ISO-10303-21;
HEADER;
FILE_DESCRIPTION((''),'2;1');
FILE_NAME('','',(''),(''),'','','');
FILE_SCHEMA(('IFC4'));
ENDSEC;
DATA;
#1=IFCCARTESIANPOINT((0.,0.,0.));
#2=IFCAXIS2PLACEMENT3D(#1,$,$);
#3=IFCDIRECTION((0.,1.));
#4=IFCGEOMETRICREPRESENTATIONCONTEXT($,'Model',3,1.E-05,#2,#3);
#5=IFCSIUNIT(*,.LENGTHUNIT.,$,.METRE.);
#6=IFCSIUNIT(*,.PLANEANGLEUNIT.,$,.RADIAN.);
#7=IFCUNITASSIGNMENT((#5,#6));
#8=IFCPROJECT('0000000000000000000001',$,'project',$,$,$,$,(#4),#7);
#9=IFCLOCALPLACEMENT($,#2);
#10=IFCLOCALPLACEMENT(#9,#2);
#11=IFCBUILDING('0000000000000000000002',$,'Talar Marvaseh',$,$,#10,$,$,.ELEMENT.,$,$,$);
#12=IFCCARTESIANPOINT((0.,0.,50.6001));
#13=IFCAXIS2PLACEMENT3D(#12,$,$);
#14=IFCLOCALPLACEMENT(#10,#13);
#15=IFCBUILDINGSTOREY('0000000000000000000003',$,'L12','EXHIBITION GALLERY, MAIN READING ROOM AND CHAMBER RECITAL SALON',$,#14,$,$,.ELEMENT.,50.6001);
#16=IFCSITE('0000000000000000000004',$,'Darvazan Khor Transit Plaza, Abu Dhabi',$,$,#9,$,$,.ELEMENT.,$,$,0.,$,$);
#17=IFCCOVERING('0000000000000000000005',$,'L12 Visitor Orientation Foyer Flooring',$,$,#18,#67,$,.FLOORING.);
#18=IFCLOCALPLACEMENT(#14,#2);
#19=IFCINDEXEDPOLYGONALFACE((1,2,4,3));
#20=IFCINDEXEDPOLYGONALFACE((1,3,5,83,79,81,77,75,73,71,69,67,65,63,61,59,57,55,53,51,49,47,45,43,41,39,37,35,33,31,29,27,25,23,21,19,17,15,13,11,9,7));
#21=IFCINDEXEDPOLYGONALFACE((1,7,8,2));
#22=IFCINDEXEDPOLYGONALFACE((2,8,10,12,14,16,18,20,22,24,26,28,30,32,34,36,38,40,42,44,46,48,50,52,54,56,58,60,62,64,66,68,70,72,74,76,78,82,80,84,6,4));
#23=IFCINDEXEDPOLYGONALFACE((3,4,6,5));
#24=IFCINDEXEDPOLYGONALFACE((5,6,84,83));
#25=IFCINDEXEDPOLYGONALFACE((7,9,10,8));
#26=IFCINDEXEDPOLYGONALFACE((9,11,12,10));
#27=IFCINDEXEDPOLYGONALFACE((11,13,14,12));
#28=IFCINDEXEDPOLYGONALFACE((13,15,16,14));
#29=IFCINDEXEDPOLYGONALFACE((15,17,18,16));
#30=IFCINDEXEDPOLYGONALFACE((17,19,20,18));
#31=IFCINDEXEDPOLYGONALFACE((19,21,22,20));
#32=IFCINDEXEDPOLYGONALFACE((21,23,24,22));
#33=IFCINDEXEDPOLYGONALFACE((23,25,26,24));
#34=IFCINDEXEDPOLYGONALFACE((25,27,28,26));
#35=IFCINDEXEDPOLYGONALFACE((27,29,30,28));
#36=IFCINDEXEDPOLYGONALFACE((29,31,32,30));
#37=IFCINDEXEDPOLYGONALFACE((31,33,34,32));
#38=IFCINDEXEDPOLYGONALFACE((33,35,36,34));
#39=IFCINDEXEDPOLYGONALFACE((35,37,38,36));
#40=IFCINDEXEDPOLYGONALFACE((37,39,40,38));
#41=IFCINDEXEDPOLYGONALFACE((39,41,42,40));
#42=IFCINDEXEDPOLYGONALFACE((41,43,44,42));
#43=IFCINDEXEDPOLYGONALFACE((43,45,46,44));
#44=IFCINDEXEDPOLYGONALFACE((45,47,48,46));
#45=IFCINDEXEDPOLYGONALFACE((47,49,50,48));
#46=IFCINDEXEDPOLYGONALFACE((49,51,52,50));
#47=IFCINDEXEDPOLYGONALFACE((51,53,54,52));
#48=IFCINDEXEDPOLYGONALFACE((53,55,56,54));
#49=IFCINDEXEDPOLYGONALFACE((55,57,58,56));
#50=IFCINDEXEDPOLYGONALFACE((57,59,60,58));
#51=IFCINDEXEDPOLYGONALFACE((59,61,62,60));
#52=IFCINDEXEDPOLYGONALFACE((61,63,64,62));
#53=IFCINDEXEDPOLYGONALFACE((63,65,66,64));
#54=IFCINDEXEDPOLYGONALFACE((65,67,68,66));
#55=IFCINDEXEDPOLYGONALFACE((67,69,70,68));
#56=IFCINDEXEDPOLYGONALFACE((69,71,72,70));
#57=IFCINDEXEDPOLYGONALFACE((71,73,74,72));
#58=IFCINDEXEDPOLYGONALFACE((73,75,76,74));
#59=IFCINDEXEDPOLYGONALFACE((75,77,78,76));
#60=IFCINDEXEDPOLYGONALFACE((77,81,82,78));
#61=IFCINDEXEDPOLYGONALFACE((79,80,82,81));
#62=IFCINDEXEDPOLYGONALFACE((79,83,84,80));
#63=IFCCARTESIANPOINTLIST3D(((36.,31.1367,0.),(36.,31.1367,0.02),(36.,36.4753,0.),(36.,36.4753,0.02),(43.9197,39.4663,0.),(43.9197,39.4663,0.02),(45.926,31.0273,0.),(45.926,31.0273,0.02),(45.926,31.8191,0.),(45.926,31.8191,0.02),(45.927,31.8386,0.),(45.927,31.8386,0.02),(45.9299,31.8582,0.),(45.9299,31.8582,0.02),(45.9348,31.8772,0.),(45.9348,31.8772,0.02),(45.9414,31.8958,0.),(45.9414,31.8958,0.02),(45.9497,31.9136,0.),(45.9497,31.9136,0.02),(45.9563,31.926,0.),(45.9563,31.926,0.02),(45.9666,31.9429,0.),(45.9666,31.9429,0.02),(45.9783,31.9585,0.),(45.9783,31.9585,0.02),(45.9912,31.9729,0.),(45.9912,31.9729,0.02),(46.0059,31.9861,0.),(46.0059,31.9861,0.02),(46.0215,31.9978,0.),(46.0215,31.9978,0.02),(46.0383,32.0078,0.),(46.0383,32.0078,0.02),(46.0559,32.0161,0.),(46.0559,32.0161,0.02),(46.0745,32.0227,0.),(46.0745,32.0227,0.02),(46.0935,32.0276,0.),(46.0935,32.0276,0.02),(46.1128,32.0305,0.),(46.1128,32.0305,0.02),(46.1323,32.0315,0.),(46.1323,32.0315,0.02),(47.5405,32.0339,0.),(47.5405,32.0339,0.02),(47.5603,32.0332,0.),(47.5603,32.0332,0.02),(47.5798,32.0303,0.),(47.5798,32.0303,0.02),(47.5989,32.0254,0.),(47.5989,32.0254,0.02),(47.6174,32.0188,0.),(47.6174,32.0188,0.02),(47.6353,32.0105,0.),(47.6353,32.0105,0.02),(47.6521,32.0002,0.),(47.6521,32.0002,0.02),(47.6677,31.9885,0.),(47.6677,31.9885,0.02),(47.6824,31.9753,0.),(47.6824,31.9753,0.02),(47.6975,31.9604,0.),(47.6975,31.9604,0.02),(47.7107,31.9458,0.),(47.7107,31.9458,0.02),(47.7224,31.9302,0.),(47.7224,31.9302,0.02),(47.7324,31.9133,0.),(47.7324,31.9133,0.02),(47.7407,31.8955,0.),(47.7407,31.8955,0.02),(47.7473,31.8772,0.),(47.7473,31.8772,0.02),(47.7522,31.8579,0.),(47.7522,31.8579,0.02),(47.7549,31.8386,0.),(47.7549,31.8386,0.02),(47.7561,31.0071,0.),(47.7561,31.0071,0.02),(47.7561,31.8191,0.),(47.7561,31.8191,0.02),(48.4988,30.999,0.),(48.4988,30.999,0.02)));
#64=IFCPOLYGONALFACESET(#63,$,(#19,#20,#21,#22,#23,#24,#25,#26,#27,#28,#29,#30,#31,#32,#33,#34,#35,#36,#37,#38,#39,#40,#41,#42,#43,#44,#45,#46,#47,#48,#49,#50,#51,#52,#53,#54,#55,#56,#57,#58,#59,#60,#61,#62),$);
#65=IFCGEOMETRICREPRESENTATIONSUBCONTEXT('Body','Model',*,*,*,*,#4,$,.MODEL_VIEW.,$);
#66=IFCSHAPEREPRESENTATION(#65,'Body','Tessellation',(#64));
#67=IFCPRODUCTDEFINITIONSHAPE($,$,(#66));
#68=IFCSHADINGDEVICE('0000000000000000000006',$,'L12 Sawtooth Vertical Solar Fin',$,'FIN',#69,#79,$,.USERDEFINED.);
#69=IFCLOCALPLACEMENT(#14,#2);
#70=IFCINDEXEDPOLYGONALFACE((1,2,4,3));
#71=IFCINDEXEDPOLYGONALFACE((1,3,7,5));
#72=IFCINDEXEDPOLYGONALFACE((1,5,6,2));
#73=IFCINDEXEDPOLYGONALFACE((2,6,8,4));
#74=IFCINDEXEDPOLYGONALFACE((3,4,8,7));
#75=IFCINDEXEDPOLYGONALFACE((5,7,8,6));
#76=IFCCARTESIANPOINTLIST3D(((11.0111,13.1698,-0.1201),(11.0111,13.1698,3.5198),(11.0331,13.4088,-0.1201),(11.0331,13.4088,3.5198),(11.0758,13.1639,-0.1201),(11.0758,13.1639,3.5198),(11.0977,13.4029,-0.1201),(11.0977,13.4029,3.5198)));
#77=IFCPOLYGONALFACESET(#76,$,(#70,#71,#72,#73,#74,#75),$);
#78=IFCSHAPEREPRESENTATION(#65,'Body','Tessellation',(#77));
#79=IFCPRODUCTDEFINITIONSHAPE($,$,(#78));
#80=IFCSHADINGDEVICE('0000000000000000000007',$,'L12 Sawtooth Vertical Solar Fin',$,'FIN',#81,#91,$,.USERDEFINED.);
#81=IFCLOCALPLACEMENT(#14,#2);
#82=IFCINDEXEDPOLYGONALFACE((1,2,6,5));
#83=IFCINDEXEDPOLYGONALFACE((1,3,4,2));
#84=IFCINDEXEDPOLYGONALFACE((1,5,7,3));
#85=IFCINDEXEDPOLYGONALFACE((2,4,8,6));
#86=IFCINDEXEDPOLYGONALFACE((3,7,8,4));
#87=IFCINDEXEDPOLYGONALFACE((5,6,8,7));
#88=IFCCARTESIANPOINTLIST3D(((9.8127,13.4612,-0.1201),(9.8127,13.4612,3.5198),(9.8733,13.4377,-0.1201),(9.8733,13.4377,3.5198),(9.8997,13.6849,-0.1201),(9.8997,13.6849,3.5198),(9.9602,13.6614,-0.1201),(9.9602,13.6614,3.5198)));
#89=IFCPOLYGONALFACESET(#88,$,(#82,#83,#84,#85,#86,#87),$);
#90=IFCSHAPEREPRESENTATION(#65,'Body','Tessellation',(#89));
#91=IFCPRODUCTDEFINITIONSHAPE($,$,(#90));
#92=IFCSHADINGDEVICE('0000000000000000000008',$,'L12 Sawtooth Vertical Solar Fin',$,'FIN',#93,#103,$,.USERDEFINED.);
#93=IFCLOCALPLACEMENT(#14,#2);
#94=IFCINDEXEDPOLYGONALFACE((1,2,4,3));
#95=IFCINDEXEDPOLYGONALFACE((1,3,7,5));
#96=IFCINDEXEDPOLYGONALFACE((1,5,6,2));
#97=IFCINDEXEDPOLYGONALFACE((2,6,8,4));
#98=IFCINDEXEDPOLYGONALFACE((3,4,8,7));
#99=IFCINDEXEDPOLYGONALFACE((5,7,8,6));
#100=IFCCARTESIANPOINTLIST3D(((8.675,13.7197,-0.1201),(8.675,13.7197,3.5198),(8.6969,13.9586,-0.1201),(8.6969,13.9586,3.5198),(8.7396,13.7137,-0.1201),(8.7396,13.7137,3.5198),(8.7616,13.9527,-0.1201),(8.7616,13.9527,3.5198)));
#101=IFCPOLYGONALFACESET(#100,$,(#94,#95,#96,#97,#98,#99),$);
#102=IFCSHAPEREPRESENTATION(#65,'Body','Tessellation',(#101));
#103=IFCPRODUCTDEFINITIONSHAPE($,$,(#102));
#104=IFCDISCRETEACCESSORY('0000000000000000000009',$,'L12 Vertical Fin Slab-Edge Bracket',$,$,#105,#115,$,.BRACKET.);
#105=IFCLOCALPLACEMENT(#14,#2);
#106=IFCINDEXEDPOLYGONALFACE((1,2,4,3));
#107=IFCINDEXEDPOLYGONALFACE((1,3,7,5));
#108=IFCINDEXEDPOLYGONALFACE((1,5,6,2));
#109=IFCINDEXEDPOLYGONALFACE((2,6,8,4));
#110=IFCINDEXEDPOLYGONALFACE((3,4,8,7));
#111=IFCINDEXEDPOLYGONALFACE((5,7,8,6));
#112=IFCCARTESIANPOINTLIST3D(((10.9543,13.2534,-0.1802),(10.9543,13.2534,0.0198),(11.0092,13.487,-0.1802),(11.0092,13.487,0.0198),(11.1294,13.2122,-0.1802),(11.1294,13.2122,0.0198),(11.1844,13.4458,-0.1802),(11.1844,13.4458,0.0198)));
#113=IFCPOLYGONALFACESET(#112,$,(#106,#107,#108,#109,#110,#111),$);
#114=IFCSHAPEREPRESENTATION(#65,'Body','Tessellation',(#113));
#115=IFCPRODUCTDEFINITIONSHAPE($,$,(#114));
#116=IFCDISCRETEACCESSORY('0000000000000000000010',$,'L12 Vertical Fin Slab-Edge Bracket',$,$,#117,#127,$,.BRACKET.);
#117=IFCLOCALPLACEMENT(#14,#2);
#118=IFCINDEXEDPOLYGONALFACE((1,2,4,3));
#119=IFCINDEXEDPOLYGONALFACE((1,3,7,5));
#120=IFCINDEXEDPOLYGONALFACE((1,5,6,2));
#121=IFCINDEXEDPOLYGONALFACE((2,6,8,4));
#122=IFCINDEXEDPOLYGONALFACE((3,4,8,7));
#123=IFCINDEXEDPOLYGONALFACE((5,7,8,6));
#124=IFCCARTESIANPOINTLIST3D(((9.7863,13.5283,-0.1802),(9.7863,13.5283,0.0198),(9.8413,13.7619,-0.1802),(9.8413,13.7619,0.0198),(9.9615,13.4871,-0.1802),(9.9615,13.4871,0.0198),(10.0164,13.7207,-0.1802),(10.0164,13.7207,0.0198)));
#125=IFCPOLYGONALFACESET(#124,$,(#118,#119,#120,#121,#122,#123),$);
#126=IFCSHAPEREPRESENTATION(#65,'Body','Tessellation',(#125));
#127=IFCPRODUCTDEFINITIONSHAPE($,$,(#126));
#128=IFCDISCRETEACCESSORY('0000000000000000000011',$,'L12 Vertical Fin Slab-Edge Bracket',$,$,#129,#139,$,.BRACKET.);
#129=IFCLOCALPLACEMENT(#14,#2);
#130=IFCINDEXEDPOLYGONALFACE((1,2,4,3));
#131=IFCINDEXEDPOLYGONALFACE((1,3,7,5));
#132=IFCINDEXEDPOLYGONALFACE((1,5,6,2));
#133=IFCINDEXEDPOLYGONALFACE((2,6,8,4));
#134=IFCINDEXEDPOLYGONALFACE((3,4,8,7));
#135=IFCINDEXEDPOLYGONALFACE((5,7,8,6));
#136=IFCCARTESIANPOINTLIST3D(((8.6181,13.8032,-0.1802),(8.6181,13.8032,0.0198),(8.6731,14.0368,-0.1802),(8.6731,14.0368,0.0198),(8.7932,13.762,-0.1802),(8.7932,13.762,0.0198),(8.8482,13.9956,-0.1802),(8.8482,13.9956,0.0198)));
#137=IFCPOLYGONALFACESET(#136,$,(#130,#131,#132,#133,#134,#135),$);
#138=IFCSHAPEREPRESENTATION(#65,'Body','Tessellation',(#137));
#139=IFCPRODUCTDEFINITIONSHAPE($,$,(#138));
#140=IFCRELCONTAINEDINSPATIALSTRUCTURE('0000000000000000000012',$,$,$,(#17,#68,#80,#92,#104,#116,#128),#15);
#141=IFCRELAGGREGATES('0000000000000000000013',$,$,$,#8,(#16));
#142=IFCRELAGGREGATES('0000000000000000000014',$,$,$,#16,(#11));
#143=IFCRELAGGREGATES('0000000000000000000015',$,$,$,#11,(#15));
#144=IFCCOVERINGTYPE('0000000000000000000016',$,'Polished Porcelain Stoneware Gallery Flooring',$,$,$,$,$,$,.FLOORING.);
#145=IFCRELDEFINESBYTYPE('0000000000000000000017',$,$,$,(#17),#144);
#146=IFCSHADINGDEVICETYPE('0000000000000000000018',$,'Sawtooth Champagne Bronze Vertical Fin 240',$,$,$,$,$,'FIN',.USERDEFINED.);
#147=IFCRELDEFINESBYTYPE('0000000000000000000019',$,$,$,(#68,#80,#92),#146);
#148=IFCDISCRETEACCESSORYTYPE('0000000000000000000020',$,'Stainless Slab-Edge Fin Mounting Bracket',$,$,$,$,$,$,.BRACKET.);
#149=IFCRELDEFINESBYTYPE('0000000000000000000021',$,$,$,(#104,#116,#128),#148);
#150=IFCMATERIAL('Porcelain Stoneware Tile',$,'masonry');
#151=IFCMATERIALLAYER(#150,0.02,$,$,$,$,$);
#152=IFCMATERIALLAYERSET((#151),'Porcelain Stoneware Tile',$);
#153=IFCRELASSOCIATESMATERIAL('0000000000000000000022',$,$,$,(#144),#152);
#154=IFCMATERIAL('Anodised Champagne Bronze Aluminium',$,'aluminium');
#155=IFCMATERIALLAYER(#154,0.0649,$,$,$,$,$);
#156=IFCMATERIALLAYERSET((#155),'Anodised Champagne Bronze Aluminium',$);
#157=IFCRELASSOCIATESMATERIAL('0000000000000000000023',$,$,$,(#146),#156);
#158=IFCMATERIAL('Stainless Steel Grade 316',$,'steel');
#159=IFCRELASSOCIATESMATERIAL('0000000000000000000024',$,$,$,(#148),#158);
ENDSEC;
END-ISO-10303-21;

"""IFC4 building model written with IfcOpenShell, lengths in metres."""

from ifc_helpers import new_model, si_unit, direction, frame, origin, origin_2d, place, context, subcontext, project, spatial, polyline, rectangle, outline, extrude, source, transform, mapped, material, layer, layer_set, type_object, type_shapes, element, save


model = new_model("IFC4")

# Units and contexts
model_context = context("Model", 3, precision=1e-05, world=origin(), true_north=direction((0.0, 1.0)))
body_context = subcontext(model_context, "Body", "Model", "MODEL_VIEW")
ifc_project = project(units=[si_unit("LENGTHUNIT", "METRE"), si_unit("PLANEANGLEUNIT", "RADIAN")], contexts=[model_context])

# Site, building, storey
site_placement = place(None, origin())
site = spatial("IfcSite", under=ifc_project, at=site_placement, Name="Darvazan Khor Transit Plaza, Abu Dhabi", CompositionType="ELEMENT", RefElevation=0.0)
building_placement = place(site_placement, origin())
building = spatial("IfcBuilding", under=site, at=building_placement, Name="Talar Marvaseh", CompositionType="ELEMENT")
storey_placement = place(building_placement, frame((0.0, 0.0, 50.6001)))
storey = spatial("IfcBuildingStorey", under=building, at=storey_placement, Name="L12", Description="EXHIBITION GALLERY, MAIN READING ROOM AND CHAMBER RECITAL SALON", CompositionType="ELEMENT", Elevation=50.6001)

# Covering
ifc_material_1 = material(Name="Porcelain Stoneware Tile", Category="masonry")
ifc_layer_1 = layer(ifc_material_1, 0.02)
ifc_layer_set_1 = layer_set([ifc_layer_1], Name="Porcelain Stoneware Tile")
covering_type_1 = type_object("IfcCoveringType", Name="Polished Porcelain Stoneware Gallery Flooring", PredefinedType="FLOORING", material=ifc_layer_set_1)
covering_1_placement = place(storey_placement, origin())
element("IfcCovering", 1, at=covering_1_placement, inside=storey, type_object=covering_type_1, Name="L12 Visitor Orientation Foyer Flooring", PredefinedType="FLOORING", context=body_context, shape_type="SweptSolid", body=[
    extrude(outline(polyline([(47.7549, 31.8386), (47.7522, 31.8579), (47.7473, 31.8772), (47.7407, 31.8955), (47.7324, 31.9133), (47.7224, 31.9302), (47.7107, 31.9458), (47.6975, 31.9604), (47.6824, 31.9753), (47.6677, 31.9885), (47.6521, 32.0002), (47.6353, 32.0105), (47.6174, 32.0188), (47.5989, 32.0254), (47.5798, 32.0303), (47.5603, 32.0332), (47.5405, 32.0339), (46.1323, 32.0315), (46.1128, 32.0305), (46.0935, 32.0276), (46.0745, 32.0227), (46.0559, 32.0161), (46.0383, 32.0078), (46.0215, 31.9978), (46.0059, 31.9861), (45.9912, 31.9729), (45.9783, 31.9585), (45.9666, 31.9429), (45.9563, 31.926), (45.9497, 31.9136), (45.9414, 31.8958), (45.9348, 31.8772), (45.9299, 31.8582), (45.927, 31.8386), (45.926, 31.8191), (45.926, 31.0273), (36.0, 31.1367), (36.0, 36.4753), (43.9197, 39.4663), (48.4988, 30.999), (47.7561, 31.0071), (47.7561, 31.8191), (47.7549, 31.8386)])), origin(), (0.0, 0.0, 1.0), 0.02),
])

# Shading devices
ifc_material_2 = material(Name="Anodised Champagne Bronze Aluminium", Category="aluminium")
ifc_layer_2 = layer(ifc_material_2, 0.0649)
ifc_layer_set_2 = layer_set([ifc_layer_2], Name="Anodised Champagne Bronze Aluminium")
shading_device_type = type_object("IfcShadingDeviceType", Name="Sawtooth Champagne Bronze Vertical Fin 240", ElementType="FIN", PredefinedType="USERDEFINED", material=ifc_layer_set_2)
shared_shape_1 = source(origin(), body_context, "Body", "SweptSolid", [
    extrude(rectangle(XDim=0.24, YDim=0.0649, at=origin_2d()), origin(), (0.0, 0.0, 1.0), 3.6399),
])
type_shapes(shading_device_type, [shared_shape_1])
for number, where, z_axis, x_axis, name in (
    (2, (11.0544, 13.2864, -0.1201), (0.0, 0.0, 1.0), (-0.091328, -0.995821, 0.0), "L12 Sawtooth Vertical Solar Fin"),
    (3, (9.8865, 13.5613, -0.1201), (0.0, 0.0, 1.0), (-0.362275, -0.932071, 0.0), "L12 Sawtooth Vertical Solar Fin"),
    (4, (8.7183, 13.8362, -0.1201), (0.0, 0.0, 1.0), (-0.091328, -0.995821, 0.0), "L12 Sawtooth Vertical Solar Fin"),
):
    element("IfcShadingDevice", number, at=place(storey_placement, frame(where, z_axis=z_axis, x_axis=x_axis)), inside=storey, type_object=shading_device_type, Name=name, ObjectType="FIN", PredefinedType="USERDEFINED", context=body_context, shape_type="MappedRepresentation", body=[
        mapped(shared_shape_1, transform((0.0, 0.0, 0.0), x_axis=(1.0, 0.0, 0.0), y_axis=(0.0, 1.0, 0.0), z_axis=(0.0, 0.0, 1.0), scale=1.0)),
    ])

# Discrete accessories
ifc_material_3 = material(Name="Stainless Steel Grade 316", Category="steel")
discrete_accessory_type = type_object("IfcDiscreteAccessoryType", Name="Stainless Slab-Edge Fin Mounting Bracket", PredefinedType="BRACKET", material=ifc_material_3)
shared_shape_2 = source(origin(), body_context, "Body", "SweptSolid", [
    extrude(rectangle(XDim=0.24, YDim=0.1799, at=origin_2d()), origin(), (0.0, 0.0, 1.0), 0.2),
])
type_shapes(discrete_accessory_type, [shared_shape_2])
for number, where, z_axis, x_axis, name in (
    (5, (11.0693, 13.3496, -0.1802), (0.0, 0.0, 1.0), (-0.229031, -0.973419, 0.0), "L12 Vertical Fin Slab-Edge Bracket"),
    (6, (9.9014, 13.6245, -0.1802), (0.0, 0.0, 1.0), (-0.229031, -0.973419, 0.0), "L12 Vertical Fin Slab-Edge Bracket"),
    (7, (8.7332, 13.8994, -0.1802), (0.0, 0.0, 1.0), (-0.229031, -0.973419, 0.0), "L12 Vertical Fin Slab-Edge Bracket"),
):
    element("IfcDiscreteAccessory", number, at=place(storey_placement, frame(where, z_axis=z_axis, x_axis=x_axis)), inside=storey, type_object=discrete_accessory_type, Name=name, PredefinedType="BRACKET", context=body_context, shape_type="MappedRepresentation", body=[
        mapped(shared_shape_2, transform((0.0, 0.0, 0.0), x_axis=(1.0, 0.0, 0.0), y_axis=(0.0, 1.0, 0.0), z_axis=(0.0, 0.0, 1.0), scale=1.0)),
    ])

save(model, "model.ifc")
